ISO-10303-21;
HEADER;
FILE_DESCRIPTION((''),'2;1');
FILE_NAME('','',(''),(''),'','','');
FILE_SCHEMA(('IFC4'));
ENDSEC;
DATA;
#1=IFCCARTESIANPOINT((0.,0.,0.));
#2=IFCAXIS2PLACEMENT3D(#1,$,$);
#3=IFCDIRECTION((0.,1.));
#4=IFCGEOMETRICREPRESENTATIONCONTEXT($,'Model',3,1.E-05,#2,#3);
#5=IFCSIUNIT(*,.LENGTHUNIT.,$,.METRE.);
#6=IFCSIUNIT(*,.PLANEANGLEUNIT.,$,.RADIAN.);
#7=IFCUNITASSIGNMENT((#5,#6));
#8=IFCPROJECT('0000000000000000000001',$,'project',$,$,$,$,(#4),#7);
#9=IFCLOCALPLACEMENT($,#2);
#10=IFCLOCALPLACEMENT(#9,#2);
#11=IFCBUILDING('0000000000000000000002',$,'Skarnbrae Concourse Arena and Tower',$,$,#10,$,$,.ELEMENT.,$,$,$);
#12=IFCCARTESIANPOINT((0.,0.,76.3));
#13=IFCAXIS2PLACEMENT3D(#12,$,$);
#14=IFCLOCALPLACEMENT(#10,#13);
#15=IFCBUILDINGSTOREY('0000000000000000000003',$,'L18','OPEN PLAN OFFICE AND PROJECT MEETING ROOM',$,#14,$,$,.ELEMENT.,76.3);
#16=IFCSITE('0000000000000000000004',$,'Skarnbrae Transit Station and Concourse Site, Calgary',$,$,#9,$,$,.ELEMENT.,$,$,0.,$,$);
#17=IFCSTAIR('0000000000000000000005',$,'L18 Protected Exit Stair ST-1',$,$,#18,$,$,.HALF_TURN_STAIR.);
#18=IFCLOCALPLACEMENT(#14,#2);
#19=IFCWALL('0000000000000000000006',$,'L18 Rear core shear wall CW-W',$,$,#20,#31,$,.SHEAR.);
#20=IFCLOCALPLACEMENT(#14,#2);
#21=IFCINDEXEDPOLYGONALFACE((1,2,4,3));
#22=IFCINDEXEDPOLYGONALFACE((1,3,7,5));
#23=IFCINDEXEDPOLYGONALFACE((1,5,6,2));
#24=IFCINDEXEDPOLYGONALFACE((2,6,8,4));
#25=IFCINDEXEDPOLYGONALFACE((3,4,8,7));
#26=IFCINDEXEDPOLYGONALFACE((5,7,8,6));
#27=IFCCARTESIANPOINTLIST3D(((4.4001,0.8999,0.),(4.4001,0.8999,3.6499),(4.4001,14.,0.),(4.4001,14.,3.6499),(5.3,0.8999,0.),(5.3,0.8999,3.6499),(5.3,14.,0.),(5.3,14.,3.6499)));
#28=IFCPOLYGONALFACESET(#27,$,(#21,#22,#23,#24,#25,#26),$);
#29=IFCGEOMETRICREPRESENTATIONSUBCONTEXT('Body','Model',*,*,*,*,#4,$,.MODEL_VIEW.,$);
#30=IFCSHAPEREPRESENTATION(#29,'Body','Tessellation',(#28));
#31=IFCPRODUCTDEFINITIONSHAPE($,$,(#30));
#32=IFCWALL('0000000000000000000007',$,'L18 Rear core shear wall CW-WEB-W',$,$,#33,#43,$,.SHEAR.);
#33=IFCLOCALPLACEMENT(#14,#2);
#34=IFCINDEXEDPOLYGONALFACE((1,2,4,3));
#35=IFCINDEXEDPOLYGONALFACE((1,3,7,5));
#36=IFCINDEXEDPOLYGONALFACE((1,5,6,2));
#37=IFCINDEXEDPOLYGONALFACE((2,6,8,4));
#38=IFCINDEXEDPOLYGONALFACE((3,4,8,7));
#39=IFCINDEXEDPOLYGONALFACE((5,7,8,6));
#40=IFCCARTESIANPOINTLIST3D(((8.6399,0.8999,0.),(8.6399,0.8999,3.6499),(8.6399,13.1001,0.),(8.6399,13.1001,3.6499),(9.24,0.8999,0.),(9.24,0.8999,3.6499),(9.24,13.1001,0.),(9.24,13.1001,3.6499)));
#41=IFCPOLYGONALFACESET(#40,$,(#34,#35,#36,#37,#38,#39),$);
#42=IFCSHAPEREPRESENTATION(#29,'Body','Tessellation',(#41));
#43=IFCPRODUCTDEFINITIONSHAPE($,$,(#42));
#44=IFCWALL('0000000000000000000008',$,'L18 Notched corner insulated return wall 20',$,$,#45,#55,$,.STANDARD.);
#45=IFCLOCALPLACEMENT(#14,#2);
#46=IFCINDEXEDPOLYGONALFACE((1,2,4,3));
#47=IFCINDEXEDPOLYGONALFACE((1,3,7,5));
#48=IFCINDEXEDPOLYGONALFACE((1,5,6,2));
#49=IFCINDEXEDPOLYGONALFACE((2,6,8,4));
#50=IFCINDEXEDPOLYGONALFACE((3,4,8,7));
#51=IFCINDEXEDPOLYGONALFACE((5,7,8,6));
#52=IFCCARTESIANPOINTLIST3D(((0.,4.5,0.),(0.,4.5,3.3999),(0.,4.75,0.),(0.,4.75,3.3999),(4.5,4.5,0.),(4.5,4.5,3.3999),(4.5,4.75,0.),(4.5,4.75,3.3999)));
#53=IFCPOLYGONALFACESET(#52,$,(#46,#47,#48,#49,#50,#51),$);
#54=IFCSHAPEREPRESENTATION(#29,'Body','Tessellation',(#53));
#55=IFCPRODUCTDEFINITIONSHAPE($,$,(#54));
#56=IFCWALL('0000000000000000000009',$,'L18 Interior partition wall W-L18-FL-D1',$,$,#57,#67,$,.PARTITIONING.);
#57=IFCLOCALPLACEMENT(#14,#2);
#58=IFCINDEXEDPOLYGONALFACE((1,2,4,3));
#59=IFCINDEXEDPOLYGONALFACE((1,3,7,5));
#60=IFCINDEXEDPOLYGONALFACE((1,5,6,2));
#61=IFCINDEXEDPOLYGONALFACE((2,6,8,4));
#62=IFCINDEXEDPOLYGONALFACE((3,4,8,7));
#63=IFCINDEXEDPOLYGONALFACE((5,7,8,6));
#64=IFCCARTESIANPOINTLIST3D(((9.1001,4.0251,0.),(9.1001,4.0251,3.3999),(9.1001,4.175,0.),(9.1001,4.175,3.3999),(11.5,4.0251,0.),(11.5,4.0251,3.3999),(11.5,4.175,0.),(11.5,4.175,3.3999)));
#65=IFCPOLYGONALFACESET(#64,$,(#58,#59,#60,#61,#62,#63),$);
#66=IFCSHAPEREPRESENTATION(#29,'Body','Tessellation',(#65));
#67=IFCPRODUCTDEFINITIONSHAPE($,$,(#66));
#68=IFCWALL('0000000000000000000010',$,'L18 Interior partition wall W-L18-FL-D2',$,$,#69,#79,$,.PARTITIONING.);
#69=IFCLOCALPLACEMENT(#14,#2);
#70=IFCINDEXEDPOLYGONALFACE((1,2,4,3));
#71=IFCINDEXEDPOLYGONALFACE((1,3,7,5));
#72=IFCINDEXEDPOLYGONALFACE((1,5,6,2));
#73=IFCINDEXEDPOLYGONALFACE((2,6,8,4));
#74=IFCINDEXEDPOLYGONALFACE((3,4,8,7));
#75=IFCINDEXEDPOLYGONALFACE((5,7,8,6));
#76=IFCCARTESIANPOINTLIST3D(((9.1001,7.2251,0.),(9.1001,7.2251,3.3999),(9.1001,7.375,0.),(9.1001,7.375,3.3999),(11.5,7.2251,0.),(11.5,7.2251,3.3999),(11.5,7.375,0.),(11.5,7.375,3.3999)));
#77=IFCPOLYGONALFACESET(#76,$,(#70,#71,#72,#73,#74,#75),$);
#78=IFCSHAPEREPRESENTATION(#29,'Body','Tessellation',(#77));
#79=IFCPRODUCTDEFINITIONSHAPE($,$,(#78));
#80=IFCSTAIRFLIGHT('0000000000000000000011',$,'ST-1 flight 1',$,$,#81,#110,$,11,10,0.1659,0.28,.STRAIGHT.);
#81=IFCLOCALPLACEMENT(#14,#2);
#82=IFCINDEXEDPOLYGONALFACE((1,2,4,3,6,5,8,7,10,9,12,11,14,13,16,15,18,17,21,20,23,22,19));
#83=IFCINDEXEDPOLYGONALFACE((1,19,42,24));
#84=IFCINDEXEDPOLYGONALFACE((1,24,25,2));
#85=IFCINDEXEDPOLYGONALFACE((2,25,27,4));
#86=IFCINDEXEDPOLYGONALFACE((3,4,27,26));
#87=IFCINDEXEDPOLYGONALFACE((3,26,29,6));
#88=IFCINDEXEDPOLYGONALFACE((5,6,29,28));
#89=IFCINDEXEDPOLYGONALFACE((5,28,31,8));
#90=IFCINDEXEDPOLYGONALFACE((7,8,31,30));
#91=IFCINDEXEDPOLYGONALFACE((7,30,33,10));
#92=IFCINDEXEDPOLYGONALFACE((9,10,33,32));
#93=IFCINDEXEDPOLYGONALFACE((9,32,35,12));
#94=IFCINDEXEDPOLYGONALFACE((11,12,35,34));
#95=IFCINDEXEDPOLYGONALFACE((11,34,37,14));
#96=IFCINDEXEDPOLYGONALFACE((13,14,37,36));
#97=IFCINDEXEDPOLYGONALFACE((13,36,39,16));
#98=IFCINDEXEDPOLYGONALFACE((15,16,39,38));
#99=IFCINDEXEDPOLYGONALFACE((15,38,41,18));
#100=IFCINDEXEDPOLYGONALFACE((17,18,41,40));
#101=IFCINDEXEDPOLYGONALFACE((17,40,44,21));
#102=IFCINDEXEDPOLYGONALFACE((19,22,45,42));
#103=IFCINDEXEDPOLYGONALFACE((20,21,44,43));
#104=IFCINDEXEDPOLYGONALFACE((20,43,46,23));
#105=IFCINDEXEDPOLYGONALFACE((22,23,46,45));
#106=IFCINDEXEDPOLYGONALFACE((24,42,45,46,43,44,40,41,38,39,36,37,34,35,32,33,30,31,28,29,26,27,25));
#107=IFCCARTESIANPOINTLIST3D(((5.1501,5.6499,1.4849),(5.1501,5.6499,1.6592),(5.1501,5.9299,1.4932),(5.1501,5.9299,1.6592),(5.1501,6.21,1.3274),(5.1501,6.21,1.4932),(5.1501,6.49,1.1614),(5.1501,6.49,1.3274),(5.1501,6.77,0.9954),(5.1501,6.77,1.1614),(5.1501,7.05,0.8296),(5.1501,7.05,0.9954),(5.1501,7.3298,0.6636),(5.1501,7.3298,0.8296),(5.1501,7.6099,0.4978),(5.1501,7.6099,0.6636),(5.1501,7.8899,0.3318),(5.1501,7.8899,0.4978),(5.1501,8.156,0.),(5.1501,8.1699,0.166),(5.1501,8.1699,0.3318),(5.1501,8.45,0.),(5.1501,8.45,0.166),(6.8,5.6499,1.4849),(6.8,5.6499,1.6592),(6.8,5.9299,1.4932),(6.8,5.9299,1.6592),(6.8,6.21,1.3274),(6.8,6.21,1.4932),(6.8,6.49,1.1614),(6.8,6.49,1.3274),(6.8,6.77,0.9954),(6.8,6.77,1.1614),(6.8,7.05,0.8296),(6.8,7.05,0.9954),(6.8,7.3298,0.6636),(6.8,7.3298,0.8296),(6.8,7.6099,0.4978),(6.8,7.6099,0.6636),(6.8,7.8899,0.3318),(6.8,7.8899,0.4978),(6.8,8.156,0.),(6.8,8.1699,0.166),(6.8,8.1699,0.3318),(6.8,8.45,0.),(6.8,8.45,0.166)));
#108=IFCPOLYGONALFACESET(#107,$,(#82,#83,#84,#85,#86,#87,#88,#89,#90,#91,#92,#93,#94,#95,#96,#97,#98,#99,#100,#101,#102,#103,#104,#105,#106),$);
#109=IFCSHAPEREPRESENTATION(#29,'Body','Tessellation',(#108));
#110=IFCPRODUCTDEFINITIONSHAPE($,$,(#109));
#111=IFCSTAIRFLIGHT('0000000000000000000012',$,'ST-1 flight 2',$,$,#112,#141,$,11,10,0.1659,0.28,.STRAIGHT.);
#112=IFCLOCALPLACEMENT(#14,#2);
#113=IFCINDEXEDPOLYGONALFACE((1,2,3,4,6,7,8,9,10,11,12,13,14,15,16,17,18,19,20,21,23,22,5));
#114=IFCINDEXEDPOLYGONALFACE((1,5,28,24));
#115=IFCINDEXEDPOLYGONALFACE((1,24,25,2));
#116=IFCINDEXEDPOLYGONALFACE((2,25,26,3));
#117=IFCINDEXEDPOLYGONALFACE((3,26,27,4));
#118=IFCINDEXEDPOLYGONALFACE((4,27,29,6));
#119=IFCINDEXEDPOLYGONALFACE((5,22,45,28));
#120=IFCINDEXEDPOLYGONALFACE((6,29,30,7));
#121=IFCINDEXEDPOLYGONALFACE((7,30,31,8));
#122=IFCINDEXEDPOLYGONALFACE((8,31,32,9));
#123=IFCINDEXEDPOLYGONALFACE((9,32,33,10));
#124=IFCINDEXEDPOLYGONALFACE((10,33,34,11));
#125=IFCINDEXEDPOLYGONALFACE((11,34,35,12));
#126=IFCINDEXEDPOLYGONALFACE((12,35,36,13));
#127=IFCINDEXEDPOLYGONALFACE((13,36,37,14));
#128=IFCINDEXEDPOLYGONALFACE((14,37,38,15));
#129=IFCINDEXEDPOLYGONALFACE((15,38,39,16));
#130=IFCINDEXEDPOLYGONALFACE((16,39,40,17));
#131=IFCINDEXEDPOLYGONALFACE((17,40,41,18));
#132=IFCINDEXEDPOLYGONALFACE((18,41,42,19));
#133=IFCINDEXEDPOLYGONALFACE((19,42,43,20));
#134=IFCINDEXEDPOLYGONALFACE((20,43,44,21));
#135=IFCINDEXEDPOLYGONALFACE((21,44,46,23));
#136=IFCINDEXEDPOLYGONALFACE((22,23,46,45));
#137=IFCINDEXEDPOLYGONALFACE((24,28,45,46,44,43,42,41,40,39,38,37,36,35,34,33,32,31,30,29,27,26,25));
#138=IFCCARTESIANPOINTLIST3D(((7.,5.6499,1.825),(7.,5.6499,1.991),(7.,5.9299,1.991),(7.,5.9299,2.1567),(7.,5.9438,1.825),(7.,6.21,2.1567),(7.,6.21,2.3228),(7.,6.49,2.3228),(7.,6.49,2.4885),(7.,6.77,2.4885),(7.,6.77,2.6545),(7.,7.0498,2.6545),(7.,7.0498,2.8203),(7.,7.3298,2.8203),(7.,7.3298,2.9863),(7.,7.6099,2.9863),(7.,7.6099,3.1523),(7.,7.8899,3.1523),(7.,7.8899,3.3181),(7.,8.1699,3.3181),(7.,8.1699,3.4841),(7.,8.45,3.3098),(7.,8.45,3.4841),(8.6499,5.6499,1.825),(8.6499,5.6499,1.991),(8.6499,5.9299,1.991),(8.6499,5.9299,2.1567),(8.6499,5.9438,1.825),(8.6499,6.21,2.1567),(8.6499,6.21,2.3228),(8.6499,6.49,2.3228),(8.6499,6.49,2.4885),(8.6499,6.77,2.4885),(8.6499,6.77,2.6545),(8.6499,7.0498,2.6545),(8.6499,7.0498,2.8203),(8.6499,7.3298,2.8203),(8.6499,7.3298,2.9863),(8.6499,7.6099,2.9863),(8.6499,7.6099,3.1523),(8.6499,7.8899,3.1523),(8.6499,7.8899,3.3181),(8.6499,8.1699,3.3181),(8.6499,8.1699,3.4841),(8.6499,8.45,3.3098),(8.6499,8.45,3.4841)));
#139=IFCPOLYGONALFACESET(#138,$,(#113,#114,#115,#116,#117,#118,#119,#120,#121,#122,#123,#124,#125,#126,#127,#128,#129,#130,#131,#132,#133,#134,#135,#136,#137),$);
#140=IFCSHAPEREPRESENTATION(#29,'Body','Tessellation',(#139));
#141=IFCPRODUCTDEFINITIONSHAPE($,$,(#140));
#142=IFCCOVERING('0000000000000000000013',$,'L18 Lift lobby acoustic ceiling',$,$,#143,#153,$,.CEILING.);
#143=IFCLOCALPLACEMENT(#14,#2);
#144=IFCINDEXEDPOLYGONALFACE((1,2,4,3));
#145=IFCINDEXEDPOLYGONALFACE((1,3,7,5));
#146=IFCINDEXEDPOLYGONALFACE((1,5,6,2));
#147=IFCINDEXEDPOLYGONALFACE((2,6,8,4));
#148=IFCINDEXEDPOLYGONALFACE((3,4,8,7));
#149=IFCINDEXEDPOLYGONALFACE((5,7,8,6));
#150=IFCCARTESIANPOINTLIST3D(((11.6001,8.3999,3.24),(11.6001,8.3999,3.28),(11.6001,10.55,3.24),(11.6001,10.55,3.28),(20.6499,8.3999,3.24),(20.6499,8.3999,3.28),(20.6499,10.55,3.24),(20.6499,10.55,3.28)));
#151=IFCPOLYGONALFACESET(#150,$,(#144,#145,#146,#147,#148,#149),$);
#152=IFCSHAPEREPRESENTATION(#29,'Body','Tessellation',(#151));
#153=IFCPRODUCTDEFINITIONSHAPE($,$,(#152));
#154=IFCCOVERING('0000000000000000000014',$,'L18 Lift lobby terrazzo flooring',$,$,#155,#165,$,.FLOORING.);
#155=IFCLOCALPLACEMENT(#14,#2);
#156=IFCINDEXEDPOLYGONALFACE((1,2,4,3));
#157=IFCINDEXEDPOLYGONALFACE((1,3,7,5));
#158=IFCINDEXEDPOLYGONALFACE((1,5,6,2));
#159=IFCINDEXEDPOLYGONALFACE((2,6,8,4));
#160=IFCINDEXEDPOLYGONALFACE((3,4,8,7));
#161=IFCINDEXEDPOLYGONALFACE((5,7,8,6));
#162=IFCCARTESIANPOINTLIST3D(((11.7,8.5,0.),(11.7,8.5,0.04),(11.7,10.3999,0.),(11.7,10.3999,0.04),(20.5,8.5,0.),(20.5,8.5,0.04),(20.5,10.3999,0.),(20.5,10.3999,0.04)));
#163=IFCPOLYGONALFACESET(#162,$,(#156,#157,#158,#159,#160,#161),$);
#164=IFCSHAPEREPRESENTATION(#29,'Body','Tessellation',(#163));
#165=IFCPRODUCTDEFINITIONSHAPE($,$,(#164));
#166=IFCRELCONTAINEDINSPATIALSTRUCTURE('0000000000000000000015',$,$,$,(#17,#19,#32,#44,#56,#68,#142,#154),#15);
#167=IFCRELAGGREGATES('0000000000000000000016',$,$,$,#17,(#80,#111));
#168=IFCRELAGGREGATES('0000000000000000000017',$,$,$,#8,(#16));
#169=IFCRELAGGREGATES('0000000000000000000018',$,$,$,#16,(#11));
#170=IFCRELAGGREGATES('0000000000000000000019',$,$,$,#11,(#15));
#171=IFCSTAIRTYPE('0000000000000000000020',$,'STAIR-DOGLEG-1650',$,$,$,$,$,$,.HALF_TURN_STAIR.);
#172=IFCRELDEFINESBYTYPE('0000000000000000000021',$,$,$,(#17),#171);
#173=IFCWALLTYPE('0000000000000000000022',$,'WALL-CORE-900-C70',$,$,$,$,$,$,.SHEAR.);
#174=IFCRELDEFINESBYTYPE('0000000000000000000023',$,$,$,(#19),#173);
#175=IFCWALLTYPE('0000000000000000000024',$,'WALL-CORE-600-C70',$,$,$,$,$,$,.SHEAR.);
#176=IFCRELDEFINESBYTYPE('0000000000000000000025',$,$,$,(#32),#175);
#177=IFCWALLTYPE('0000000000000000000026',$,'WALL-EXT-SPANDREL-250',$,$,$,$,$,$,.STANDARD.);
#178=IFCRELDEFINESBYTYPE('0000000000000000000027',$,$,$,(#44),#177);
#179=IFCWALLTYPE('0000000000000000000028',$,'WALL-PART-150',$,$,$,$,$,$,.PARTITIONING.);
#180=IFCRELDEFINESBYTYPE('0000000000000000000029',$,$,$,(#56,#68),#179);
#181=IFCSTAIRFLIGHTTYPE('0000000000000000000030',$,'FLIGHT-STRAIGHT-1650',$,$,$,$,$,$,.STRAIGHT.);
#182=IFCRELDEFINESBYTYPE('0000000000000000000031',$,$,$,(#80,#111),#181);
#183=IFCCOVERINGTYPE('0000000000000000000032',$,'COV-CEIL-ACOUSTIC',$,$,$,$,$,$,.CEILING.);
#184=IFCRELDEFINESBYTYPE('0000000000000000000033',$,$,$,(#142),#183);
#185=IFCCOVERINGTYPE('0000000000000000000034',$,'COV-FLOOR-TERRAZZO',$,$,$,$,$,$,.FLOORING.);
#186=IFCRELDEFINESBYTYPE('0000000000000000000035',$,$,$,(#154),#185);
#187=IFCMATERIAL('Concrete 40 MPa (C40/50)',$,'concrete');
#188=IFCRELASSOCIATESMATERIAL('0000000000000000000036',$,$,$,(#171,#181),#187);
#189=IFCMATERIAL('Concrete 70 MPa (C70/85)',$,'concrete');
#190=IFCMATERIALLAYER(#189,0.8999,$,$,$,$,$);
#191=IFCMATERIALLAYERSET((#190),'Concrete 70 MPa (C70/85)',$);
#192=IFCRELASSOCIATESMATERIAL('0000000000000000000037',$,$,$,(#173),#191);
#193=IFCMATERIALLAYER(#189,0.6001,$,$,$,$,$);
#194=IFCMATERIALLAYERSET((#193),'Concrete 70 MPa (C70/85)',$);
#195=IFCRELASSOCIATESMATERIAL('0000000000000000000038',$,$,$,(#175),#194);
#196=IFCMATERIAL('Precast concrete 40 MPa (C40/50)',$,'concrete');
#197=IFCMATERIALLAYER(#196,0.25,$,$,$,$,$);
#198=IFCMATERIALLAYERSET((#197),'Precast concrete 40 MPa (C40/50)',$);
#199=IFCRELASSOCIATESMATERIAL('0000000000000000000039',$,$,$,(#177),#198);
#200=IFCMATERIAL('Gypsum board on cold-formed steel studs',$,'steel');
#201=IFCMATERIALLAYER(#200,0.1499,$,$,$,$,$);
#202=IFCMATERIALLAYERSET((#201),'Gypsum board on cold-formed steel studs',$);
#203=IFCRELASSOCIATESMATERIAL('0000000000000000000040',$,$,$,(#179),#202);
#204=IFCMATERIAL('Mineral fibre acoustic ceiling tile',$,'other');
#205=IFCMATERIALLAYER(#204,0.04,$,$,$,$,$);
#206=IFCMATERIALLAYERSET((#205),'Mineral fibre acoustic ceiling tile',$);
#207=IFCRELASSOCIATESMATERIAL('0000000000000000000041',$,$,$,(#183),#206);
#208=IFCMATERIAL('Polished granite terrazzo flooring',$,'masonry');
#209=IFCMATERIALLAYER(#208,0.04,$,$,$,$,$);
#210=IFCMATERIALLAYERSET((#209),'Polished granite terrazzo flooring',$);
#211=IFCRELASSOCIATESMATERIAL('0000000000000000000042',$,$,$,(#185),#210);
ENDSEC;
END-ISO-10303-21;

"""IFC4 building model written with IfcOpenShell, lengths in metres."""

from ifc_helpers import new_model, si_unit, direction, frame, frame_2d, origin, place, context, subcontext, project, spatial, polyline, rectangle, outline, extrude, source, transform, mapped, material, layer, layer_set, type_object, element, aggregate, save


model = new_model("IFC4")

# Units and contexts
model_context = context("Model", 3, precision=1e-05, world=origin(), true_north=direction((0.0, 1.0)))
body_context = subcontext(model_context, "Body", "Model", "MODEL_VIEW")
ifc_project = project(units=[si_unit("LENGTHUNIT", "METRE"), si_unit("PLANEANGLEUNIT", "RADIAN")], contexts=[model_context])

# Site, building, storey
site_placement = place(None, origin())
site = spatial("IfcSite", under=ifc_project, at=site_placement, Name="Skarnbrae Transit Station and Concourse Site, Calgary", CompositionType="ELEMENT", RefElevation=0.0)
building_placement = place(site_placement, origin())
building = spatial("IfcBuilding", under=site, at=building_placement, Name="Skarnbrae Concourse Arena and Tower", CompositionType="ELEMENT")
storey_placement = place(building_placement, frame((0.0, 0.0, 76.3)))
storey = spatial("IfcBuildingStorey", under=building, at=storey_placement, Name="L18", Description="OPEN PLAN OFFICE AND PROJECT MEETING ROOM", CompositionType="ELEMENT", Elevation=76.3)

# Stair
ifc_material_1 = material(Name="Concrete 40 MPa (C40/50)", Category="concrete")
stair_type = type_object("IfcStairType", Name="STAIR-DOGLEG-1650", PredefinedType="HALF_TURN_STAIR", material=ifc_material_1)
stair_1_placement = place(storey_placement, origin())
stair_1 = element("IfcStair", 1, at=stair_1_placement, inside=storey, type_object=stair_type, Name="L18 Protected Exit Stair ST-1", PredefinedType="HALF_TURN_STAIR")

# Walls
ifc_material_2 = material(Name="Concrete 70 MPa (C70/85)", Category="concrete")
ifc_layer_1 = layer(ifc_material_2, 0.8999)
ifc_layer_set_1 = layer_set([ifc_layer_1], Name="Concrete 70 MPa (C70/85)")
wall_type_1 = type_object("IfcWallType", Name="WALL-CORE-900-C70", PredefinedType="SHEAR", material=ifc_layer_set_1)
shared_shape_1 = source(origin(), body_context, "Body", "SweptSolid", [
    extrude(rectangle(XDim=13.1001, YDim=0.8999, at=frame_2d((6.55, 0.0))), origin(), (0.0, 0.0, 1.0), 3.6499),
])
wall_1_placement = place(storey_placement, frame((4.8501, 0.8999, 0.0), z_axis=(0.0, 0.0, 1.0), x_axis=(0.0, 1.0, 0.0)))
element("IfcWall", 2, at=wall_1_placement, inside=storey, type_object=wall_type_1, Name="L18 Rear core shear wall CW-W", PredefinedType="SHEAR", context=body_context, shape_type="MappedRepresentation", body=[
    mapped(shared_shape_1, transform((0.0, 0.0, 0.0))),
])
ifc_layer_2 = layer(ifc_material_2, 0.6001)
ifc_layer_set_2 = layer_set([ifc_layer_2], Name="Concrete 70 MPa (C70/85)")
wall_type_2 = type_object("IfcWallType", Name="WALL-CORE-600-C70", PredefinedType="SHEAR", material=ifc_layer_set_2)
shared_shape_2 = source(origin(), body_context, "Body", "SweptSolid", [
    extrude(rectangle(XDim=12.2002, YDim=0.6001, at=frame_2d((6.1001, 0.0))), origin(), (0.0, 0.0, 1.0), 3.6499),
])
wall_2_placement = place(storey_placement, frame((8.9399, 0.8999, 0.0), z_axis=(0.0, 0.0, 1.0), x_axis=(0.0, 1.0, 0.0)))
element("IfcWall", 3, at=wall_2_placement, inside=storey, type_object=wall_type_2, Name="L18 Rear core shear wall CW-WEB-W", PredefinedType="SHEAR", context=body_context, shape_type="MappedRepresentation", body=[
    mapped(shared_shape_2, transform((0.0, 0.0, 0.0))),
])

# Wall
ifc_material_3 = material(Name="Precast concrete 40 MPa (C40/50)", Category="concrete")
ifc_layer_3 = layer(ifc_material_3, 0.25)
ifc_layer_set_3 = layer_set([ifc_layer_3], Name="Precast concrete 40 MPa (C40/50)")
wall_type_3 = type_object("IfcWallType", Name="WALL-EXT-SPANDREL-250", PredefinedType="STANDARD", material=ifc_layer_set_3)
shared_shape_3 = source(origin(), body_context, "Body", "SweptSolid", [
    extrude(rectangle(XDim=4.5, YDim=0.25, at=frame_2d((2.25, 0.0))), origin(), (0.0, 0.0, 1.0), 3.3999),
])
wall_3_placement = place(storey_placement, frame((0.0, 4.625, 0.0), z_axis=(0.0, 0.0, 1.0), x_axis=(1.0, 0.0, 0.0)))
element("IfcWall", 4, at=wall_3_placement, inside=storey, type_object=wall_type_3, Name="L18 Notched corner insulated return wall 20", PredefinedType="STANDARD", context=body_context, shape_type="MappedRepresentation", body=[
    mapped(shared_shape_3, transform((0.0, 0.0, 0.0))),
])

# Shared definitions
ifc_material_4 = material(Name="Gypsum board on cold-formed steel studs", Category="steel")

# Walls
ifc_layer_4 = layer(ifc_material_4, 0.1499)
ifc_layer_set_4 = layer_set([ifc_layer_4], Name="Gypsum board on cold-formed steel studs")
wall_type_4 = type_object("IfcWallType", Name="WALL-PART-150", PredefinedType="PARTITIONING", material=ifc_layer_set_4)
shared_shape_4 = source(origin(), body_context, "Body", "SweptSolid", [
    extrude(rectangle(XDim=2.3999, YDim=0.1499, at=frame_2d((1.2, 0.0))), origin(), (0.0, 0.0, 1.0), 3.3999),
])
for number, where, z_axis, x_axis, name in (
    (5, (9.1001, 4.1001, 0.0), (0.0, 0.0, 1.0), (1.0, 0.0, 0.0), "L18 Interior partition wall W-L18-FL-D1"),
    (6, (9.1001, 7.3, 0.0), (0.0, 0.0, 1.0), (1.0, 0.0, 0.0), "L18 Interior partition wall W-L18-FL-D2"),
):
    element("IfcWall", number, at=place(storey_placement, frame(where, z_axis=z_axis, x_axis=x_axis)), inside=storey, type_object=wall_type_4, Name=name, PredefinedType="PARTITIONING", context=body_context, shape_type="MappedRepresentation", body=[
        mapped(shared_shape_4, transform((0.0, 0.0, 0.0))),
    ])

# Stair flights
stair_flight_type = type_object("IfcStairFlightType", Name="FLIGHT-STRAIGHT-1650", PredefinedType="STRAIGHT", material=ifc_material_1)
shared_shape_5 = source(origin(), body_context, "Body", "SweptSolid", [
    extrude(outline(polyline([(0.0, 0.0), (0.0, 0.166), (0.28, 0.166), (0.28, 0.3318), (0.5601, 0.3318), (0.5601, 0.4978), (0.8401, 0.4978), (0.8401, 0.6636), (1.1201, 0.6636), (1.1201, 0.8296), (1.3999, 0.8296), (1.3999, 0.9954), (1.6799, 0.9954), (1.6799, 1.1614), (1.96, 1.1614), (1.96, 1.3274), (2.24, 1.3274), (2.24, 1.4932), (2.52, 1.4932), (2.52, 1.6592), (2.8, 1.6592), (2.8, 1.825), (2.8, 1.4849), (0.2939, 0.0), (0.0, 0.0)])), frame((0.0, 0.825, 0.0), z_axis=(0.0, -1.0, 0.0), x_axis=(1.0, 0.0, 0.0)), (0.0, 0.0, 1.0), 1.6499),
])
stair_flight_1_placement = place(storey_placement, frame((5.9751, 8.45, 0.0), z_axis=(0.0, 0.0, 1.0), x_axis=(0.0, -1.0, 0.0)))
stair_flight_1 = element("IfcStairFlight", 7, at=stair_flight_1_placement, type_object=stair_flight_type, Name="ST-1 flight 1", NumberOfRisers=11, NumberOfTreads=10, PredefinedType="STRAIGHT", RiserHeight=0.1659, TreadLength=0.28, context=body_context, shape_type="MappedRepresentation", body=[
    mapped(shared_shape_5, transform((0.0, 0.0, 0.0))),
])
stair_flight_2_placement = place(storey_placement, frame((7.825, 5.6499, 1.825), z_axis=(0.0, 0.0, 1.0), x_axis=(0.0, 1.0, 0.0)))
stair_flight_2 = element("IfcStairFlight", 8, at=stair_flight_2_placement, type_object=stair_flight_type, Name="ST-1 flight 2", NumberOfRisers=11, NumberOfTreads=10, PredefinedType="STRAIGHT", RiserHeight=0.1659, TreadLength=0.28, context=body_context, shape_type="MappedRepresentation", body=[
    mapped(shared_shape_5, transform((0.0, 0.0, 0.0))),
])
aggregate(stair_1, [stair_flight_1, stair_flight_2])

# Coverings
ifc_material_5 = material(Name="Mineral fibre acoustic ceiling tile", Category="other")
ifc_layer_5 = layer(ifc_material_5, 0.04)
ifc_layer_set_5 = layer_set([ifc_layer_5], Name="Mineral fibre acoustic ceiling tile")
covering_type_1 = type_object("IfcCoveringType", Name="COV-CEIL-ACOUSTIC", PredefinedType="CEILING", material=ifc_layer_set_5)
covering_1_placement = place(storey_placement, frame((0.0, 0.0, 3.24)))
element("IfcCovering", 9, at=covering_1_placement, inside=storey, type_object=covering_type_1, Name="L18 Lift lobby acoustic ceiling", PredefinedType="CEILING", context=body_context, shape_type="SweptSolid", body=[
    extrude(outline(polyline([(11.6001, 8.3999), (20.6499, 8.3999), (20.6499, 10.55), (11.6001, 10.55), (11.6001, 8.3999)])), origin(), (0.0, 0.0, 1.0), 0.04),
])
ifc_material_6 = material(Name="Polished granite terrazzo flooring", Category="masonry")
ifc_layer_6 = layer(ifc_material_6, 0.04)
ifc_layer_set_6 = layer_set([ifc_layer_6], Name="Polished granite terrazzo flooring")
covering_type_2 = type_object("IfcCoveringType", Name="COV-FLOOR-TERRAZZO", PredefinedType="FLOORING", material=ifc_layer_set_6)
covering_2_placement = place(storey_placement, origin())
element("IfcCovering", 10, at=covering_2_placement, inside=storey, type_object=covering_type_2, Name="L18 Lift lobby terrazzo flooring", PredefinedType="FLOORING", context=body_context, shape_type="SweptSolid", body=[
    extrude(outline(polyline([(11.7, 8.5), (20.5, 8.5), (20.5, 10.3999), (11.7, 10.3999), (11.7, 8.5)])), origin(), (0.0, 0.0, 1.0), 0.04),
])

save(model, "model.ifc")
